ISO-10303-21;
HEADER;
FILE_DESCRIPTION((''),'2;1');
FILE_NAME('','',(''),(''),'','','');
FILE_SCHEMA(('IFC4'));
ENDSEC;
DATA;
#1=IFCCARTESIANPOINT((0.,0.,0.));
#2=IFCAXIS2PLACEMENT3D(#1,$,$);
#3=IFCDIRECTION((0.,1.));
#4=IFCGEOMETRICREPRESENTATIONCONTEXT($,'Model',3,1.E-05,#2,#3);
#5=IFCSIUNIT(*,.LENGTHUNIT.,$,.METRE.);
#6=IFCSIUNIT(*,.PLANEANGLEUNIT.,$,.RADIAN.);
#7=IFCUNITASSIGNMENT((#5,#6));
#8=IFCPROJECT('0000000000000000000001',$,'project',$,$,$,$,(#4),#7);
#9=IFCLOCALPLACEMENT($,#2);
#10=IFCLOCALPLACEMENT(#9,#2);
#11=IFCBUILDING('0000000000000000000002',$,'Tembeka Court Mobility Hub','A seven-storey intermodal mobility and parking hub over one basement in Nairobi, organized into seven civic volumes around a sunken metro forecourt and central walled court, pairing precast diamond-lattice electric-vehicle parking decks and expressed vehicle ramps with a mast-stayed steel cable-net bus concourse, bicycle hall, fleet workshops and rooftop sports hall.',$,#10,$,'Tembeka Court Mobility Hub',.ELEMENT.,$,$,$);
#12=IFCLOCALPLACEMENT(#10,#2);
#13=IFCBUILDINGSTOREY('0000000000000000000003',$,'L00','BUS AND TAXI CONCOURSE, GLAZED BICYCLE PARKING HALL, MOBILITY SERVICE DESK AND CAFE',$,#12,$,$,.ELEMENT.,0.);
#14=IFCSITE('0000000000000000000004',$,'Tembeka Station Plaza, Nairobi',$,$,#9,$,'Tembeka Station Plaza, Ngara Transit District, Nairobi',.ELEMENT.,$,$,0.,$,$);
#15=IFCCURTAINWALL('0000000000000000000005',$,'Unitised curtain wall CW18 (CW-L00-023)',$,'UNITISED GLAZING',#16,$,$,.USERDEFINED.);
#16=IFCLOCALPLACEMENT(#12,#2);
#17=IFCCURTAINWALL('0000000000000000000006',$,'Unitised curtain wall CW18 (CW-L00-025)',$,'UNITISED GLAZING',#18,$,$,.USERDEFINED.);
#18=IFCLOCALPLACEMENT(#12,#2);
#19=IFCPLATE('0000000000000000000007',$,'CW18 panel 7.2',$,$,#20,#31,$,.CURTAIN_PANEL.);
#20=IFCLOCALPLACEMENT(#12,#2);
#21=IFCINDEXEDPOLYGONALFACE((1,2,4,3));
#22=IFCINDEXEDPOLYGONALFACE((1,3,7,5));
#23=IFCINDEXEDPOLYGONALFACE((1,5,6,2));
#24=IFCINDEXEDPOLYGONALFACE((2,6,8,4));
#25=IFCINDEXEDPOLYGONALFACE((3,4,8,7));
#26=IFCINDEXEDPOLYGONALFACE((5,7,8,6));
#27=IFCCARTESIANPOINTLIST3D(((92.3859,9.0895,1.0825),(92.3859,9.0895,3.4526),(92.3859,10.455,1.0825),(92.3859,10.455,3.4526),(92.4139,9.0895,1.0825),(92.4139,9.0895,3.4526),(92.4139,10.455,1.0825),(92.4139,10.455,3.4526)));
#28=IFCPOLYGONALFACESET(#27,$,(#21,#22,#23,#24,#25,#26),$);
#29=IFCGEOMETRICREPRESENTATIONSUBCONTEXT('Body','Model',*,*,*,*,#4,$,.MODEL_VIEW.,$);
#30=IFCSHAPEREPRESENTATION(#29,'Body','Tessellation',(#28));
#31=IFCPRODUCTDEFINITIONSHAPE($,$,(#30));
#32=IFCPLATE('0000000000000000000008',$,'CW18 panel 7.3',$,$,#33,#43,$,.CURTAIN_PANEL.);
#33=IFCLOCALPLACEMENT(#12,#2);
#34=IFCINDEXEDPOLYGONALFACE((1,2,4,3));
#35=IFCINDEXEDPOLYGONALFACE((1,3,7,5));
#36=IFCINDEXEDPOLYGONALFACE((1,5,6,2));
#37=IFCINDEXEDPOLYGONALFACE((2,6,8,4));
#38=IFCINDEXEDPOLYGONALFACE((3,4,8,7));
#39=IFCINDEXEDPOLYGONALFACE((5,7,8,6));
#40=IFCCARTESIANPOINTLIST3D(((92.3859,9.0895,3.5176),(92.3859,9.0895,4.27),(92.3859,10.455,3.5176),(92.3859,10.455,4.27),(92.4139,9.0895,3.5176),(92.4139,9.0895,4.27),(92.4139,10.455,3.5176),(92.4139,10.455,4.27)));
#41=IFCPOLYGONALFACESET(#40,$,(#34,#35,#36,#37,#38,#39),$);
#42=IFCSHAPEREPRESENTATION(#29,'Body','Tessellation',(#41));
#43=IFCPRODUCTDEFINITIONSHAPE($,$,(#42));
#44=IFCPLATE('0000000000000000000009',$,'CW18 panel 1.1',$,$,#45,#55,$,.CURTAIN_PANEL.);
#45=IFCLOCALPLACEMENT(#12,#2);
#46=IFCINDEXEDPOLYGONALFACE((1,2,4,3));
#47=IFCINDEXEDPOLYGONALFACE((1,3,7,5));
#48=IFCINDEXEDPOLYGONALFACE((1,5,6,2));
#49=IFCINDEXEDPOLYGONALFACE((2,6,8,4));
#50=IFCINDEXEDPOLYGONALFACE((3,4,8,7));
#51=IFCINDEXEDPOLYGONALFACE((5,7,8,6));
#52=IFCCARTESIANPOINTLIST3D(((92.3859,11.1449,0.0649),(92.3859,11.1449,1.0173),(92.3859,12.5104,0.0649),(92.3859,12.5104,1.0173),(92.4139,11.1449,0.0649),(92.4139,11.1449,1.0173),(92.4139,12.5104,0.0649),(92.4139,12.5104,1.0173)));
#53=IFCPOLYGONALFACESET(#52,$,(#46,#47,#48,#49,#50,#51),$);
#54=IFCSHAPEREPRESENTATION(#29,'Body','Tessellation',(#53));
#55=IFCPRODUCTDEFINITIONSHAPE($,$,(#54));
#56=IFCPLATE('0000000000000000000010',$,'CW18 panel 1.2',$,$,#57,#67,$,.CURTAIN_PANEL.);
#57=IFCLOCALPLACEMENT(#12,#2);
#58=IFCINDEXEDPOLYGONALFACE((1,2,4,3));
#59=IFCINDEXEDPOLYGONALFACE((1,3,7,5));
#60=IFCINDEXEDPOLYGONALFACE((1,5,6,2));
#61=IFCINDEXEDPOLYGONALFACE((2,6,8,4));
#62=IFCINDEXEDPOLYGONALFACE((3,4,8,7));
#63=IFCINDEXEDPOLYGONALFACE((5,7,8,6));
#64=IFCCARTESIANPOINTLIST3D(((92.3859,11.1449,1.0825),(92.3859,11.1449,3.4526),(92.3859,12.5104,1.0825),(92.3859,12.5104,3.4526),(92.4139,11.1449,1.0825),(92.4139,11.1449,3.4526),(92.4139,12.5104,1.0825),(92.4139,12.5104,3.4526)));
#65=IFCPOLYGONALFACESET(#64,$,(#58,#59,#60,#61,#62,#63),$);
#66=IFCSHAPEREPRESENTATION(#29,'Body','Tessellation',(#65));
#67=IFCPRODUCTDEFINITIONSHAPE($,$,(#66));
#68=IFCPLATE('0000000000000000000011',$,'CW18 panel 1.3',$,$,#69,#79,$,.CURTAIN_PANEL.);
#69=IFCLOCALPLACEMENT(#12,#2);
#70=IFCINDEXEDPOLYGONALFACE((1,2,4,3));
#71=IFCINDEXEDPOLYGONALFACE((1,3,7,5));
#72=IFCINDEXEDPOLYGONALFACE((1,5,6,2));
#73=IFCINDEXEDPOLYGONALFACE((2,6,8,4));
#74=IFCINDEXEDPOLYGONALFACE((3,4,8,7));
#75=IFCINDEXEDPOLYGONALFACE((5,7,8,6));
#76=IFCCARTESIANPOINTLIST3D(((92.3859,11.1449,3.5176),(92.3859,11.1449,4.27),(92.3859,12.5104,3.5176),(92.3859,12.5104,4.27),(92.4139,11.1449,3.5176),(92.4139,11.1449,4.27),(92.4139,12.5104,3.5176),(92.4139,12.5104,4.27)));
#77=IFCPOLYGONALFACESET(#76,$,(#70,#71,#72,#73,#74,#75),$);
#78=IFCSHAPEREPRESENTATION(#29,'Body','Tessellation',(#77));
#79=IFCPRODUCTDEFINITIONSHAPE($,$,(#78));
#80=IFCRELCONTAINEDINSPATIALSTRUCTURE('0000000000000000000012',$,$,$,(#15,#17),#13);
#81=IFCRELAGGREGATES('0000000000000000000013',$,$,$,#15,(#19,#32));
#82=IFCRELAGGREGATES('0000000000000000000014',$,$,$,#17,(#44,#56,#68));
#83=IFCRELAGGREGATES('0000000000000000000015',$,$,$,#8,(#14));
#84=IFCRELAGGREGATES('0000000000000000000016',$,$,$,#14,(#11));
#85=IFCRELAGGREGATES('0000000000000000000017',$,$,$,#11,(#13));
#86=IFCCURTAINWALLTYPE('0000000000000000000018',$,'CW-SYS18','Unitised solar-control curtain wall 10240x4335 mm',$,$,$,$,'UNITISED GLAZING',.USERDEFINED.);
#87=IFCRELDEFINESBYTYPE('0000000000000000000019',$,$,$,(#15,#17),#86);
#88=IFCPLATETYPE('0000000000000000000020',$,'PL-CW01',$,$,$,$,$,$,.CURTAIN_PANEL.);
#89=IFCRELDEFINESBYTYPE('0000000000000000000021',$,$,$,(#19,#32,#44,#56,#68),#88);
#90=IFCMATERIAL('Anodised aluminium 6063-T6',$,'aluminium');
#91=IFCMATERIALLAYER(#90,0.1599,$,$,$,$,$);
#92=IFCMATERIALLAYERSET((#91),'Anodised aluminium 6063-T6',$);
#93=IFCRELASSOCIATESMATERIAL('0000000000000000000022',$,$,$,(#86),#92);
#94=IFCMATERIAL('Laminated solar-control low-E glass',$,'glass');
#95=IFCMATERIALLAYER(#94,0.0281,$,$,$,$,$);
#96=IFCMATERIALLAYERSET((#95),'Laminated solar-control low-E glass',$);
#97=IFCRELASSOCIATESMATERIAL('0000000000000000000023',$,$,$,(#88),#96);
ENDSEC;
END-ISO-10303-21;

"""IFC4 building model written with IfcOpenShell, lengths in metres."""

from ifc_helpers import new_model, si_unit, direction, frame, origin, origin_2d, place, context, subcontext, project, spatial, rectangle, extrude, material, layer, layer_set, type_object, element, aggregate, save


model = new_model("IFC4")

# Units and contexts
model_context = context("Model", 3, precision=1e-05, world=origin(), true_north=direction((0.0, 1.0)))
body_context = subcontext(model_context, "Body", "Model", "MODEL_VIEW")
ifc_project = project(units=[si_unit("LENGTHUNIT", "METRE"), si_unit("PLANEANGLEUNIT", "RADIAN")], contexts=[model_context])

# Site, building, storey
site_placement = place(None, origin())
site = spatial("IfcSite", under=ifc_project, at=site_placement, Name="Tembeka Station Plaza, Nairobi", LongName="Tembeka Station Plaza, Ngara Transit District, Nairobi", CompositionType="ELEMENT", RefElevation=0.0)
building_placement = place(site_placement, origin())
building = spatial("IfcBuilding", under=site, at=building_placement, Name="Tembeka Court Mobility Hub", Description="A seven-storey intermodal mobility and parking hub over one basement in Nairobi, organized into seven civic volumes around a sunken metro forecourt and central walled court, pairing precast diamond-lattice electric-vehicle parking decks and expressed vehicle ramps with a mast-stayed steel cable-net bus concourse, bicycle hall, fleet workshops and rooftop sports hall.", LongName="Tembeka Court Mobility Hub", CompositionType="ELEMENT")
storey_placement = place(building_placement, origin())
storey = spatial("IfcBuildingStorey", under=building, at=storey_placement, Name="L00", Description="BUS AND TAXI CONCOURSE, GLAZED BICYCLE PARKING HALL, MOBILITY SERVICE DESK AND CAFE", CompositionType="ELEMENT", Elevation=0.0)

# Curtain walls
ifc_material_1 = material(Name="Anodised aluminium 6063-T6", Category="aluminium")
ifc_layer_1 = layer(ifc_material_1, 0.1599)
ifc_layer_set_1 = layer_set([ifc_layer_1], Name="Anodised aluminium 6063-T6")
curtain_wall_type = type_object("IfcCurtainWallType", Name="CW-SYS18", Description="Unitised solar-control curtain wall 10240x4335 mm", ElementType="UNITISED GLAZING", PredefinedType="USERDEFINED", material=ifc_layer_set_1)
curtain_wall_1_placement = place(storey_placement, origin())
curtain_wall_1 = element("IfcCurtainWall", 1, at=curtain_wall_1_placement, inside=storey, type_object=curtain_wall_type, Name="Unitised curtain wall CW18 (CW-L00-023)", ObjectType="UNITISED GLAZING", PredefinedType="USERDEFINED")
curtain_wall_2_placement = place(storey_placement, origin())
curtain_wall_2 = element("IfcCurtainWall", 2, at=curtain_wall_2_placement, inside=storey, type_object=curtain_wall_type, Name="Unitised curtain wall CW18 (CW-L00-025)", ObjectType="UNITISED GLAZING", PredefinedType="USERDEFINED")

# Plates
ifc_material_2 = material(Name="Laminated solar-control low-E glass", Category="glass")
ifc_layer_2 = layer(ifc_material_2, 0.0281)
ifc_layer_set_2 = layer_set([ifc_layer_2], Name="Laminated solar-control low-E glass")
plate_type = type_object("IfcPlateType", Name="PL-CW01", PredefinedType="CURTAIN_PANEL", material=ifc_layer_set_2)
plate_1_placement = place(storey_placement, frame((92.3999, 9.7722, 1.0825), z_axis=(0.0, 0.0, 1.0), x_axis=(0.0, 1.0, 0.0)))
plate_1 = element("IfcPlate", 3, at=plate_1_placement, type_object=plate_type, Name="CW18 panel 7.2", PredefinedType="CURTAIN_PANEL", context=body_context, shape_type="SweptSolid", body=[
    extrude(rectangle(XDim=1.3655, YDim=0.0281, at=origin_2d()), origin(), (0.0, 0.0, 1.0), 2.3701),
])
plate_2_placement = place(storey_placement, frame((92.3999, 9.7722, 3.5176), z_axis=(0.0, 0.0, 1.0), x_axis=(0.0, 1.0, 0.0)))
plate_2 = element("IfcPlate", 4, at=plate_2_placement, type_object=plate_type, Name="CW18 panel 7.3", PredefinedType="CURTAIN_PANEL", context=body_context, shape_type="SweptSolid", body=[
    extrude(rectangle(XDim=1.3655, YDim=0.0281, at=origin_2d()), origin(), (0.0, 0.0, 1.0), 0.7524),
])
aggregate(curtain_wall_1, [plate_1, plate_2])
plate_3_placement = place(storey_placement, frame((92.3999, 11.8276, 0.0649), z_axis=(0.0, 0.0, 1.0), x_axis=(0.0, 1.0, 0.0)))
plate_3 = element("IfcPlate", 5, at=plate_3_placement, type_object=plate_type, Name="CW18 panel 1.1", PredefinedType="CURTAIN_PANEL", context=body_context, shape_type="SweptSolid", body=[
    extrude(rectangle(XDim=1.3655, YDim=0.0281, at=origin_2d()), origin(), (0.0, 0.0, 1.0), 0.9524),
])
plate_4_placement = place(storey_placement, frame((92.3999, 11.8276, 1.0825), z_axis=(0.0, 0.0, 1.0), x_axis=(0.0, 1.0, 0.0)))
plate_4 = element("IfcPlate", 6, at=plate_4_placement, type_object=plate_type, Name="CW18 panel 1.2", PredefinedType="CURTAIN_PANEL", context=body_context, shape_type="SweptSolid", body=[
    extrude(rectangle(XDim=1.3655, YDim=0.0281, at=origin_2d()), origin(), (0.0, 0.0, 1.0), 2.3701),
])
plate_5_placement = place(storey_placement, frame((92.3999, 11.8276, 3.5176), z_axis=(0.0, 0.0, 1.0), x_axis=(0.0, 1.0, 0.0)))
plate_5 = element("IfcPlate", 7, at=plate_5_placement, type_object=plate_type, Name="CW18 panel 1.3", PredefinedType="CURTAIN_PANEL", context=body_context, shape_type="SweptSolid", body=[
    extrude(rectangle(XDim=1.3655, YDim=0.0281, at=origin_2d()), origin(), (0.0, 0.0, 1.0), 0.7524),
])
aggregate(curtain_wall_2, [plate_3, plate_4, plate_5])

save(model, "model.ifc")
